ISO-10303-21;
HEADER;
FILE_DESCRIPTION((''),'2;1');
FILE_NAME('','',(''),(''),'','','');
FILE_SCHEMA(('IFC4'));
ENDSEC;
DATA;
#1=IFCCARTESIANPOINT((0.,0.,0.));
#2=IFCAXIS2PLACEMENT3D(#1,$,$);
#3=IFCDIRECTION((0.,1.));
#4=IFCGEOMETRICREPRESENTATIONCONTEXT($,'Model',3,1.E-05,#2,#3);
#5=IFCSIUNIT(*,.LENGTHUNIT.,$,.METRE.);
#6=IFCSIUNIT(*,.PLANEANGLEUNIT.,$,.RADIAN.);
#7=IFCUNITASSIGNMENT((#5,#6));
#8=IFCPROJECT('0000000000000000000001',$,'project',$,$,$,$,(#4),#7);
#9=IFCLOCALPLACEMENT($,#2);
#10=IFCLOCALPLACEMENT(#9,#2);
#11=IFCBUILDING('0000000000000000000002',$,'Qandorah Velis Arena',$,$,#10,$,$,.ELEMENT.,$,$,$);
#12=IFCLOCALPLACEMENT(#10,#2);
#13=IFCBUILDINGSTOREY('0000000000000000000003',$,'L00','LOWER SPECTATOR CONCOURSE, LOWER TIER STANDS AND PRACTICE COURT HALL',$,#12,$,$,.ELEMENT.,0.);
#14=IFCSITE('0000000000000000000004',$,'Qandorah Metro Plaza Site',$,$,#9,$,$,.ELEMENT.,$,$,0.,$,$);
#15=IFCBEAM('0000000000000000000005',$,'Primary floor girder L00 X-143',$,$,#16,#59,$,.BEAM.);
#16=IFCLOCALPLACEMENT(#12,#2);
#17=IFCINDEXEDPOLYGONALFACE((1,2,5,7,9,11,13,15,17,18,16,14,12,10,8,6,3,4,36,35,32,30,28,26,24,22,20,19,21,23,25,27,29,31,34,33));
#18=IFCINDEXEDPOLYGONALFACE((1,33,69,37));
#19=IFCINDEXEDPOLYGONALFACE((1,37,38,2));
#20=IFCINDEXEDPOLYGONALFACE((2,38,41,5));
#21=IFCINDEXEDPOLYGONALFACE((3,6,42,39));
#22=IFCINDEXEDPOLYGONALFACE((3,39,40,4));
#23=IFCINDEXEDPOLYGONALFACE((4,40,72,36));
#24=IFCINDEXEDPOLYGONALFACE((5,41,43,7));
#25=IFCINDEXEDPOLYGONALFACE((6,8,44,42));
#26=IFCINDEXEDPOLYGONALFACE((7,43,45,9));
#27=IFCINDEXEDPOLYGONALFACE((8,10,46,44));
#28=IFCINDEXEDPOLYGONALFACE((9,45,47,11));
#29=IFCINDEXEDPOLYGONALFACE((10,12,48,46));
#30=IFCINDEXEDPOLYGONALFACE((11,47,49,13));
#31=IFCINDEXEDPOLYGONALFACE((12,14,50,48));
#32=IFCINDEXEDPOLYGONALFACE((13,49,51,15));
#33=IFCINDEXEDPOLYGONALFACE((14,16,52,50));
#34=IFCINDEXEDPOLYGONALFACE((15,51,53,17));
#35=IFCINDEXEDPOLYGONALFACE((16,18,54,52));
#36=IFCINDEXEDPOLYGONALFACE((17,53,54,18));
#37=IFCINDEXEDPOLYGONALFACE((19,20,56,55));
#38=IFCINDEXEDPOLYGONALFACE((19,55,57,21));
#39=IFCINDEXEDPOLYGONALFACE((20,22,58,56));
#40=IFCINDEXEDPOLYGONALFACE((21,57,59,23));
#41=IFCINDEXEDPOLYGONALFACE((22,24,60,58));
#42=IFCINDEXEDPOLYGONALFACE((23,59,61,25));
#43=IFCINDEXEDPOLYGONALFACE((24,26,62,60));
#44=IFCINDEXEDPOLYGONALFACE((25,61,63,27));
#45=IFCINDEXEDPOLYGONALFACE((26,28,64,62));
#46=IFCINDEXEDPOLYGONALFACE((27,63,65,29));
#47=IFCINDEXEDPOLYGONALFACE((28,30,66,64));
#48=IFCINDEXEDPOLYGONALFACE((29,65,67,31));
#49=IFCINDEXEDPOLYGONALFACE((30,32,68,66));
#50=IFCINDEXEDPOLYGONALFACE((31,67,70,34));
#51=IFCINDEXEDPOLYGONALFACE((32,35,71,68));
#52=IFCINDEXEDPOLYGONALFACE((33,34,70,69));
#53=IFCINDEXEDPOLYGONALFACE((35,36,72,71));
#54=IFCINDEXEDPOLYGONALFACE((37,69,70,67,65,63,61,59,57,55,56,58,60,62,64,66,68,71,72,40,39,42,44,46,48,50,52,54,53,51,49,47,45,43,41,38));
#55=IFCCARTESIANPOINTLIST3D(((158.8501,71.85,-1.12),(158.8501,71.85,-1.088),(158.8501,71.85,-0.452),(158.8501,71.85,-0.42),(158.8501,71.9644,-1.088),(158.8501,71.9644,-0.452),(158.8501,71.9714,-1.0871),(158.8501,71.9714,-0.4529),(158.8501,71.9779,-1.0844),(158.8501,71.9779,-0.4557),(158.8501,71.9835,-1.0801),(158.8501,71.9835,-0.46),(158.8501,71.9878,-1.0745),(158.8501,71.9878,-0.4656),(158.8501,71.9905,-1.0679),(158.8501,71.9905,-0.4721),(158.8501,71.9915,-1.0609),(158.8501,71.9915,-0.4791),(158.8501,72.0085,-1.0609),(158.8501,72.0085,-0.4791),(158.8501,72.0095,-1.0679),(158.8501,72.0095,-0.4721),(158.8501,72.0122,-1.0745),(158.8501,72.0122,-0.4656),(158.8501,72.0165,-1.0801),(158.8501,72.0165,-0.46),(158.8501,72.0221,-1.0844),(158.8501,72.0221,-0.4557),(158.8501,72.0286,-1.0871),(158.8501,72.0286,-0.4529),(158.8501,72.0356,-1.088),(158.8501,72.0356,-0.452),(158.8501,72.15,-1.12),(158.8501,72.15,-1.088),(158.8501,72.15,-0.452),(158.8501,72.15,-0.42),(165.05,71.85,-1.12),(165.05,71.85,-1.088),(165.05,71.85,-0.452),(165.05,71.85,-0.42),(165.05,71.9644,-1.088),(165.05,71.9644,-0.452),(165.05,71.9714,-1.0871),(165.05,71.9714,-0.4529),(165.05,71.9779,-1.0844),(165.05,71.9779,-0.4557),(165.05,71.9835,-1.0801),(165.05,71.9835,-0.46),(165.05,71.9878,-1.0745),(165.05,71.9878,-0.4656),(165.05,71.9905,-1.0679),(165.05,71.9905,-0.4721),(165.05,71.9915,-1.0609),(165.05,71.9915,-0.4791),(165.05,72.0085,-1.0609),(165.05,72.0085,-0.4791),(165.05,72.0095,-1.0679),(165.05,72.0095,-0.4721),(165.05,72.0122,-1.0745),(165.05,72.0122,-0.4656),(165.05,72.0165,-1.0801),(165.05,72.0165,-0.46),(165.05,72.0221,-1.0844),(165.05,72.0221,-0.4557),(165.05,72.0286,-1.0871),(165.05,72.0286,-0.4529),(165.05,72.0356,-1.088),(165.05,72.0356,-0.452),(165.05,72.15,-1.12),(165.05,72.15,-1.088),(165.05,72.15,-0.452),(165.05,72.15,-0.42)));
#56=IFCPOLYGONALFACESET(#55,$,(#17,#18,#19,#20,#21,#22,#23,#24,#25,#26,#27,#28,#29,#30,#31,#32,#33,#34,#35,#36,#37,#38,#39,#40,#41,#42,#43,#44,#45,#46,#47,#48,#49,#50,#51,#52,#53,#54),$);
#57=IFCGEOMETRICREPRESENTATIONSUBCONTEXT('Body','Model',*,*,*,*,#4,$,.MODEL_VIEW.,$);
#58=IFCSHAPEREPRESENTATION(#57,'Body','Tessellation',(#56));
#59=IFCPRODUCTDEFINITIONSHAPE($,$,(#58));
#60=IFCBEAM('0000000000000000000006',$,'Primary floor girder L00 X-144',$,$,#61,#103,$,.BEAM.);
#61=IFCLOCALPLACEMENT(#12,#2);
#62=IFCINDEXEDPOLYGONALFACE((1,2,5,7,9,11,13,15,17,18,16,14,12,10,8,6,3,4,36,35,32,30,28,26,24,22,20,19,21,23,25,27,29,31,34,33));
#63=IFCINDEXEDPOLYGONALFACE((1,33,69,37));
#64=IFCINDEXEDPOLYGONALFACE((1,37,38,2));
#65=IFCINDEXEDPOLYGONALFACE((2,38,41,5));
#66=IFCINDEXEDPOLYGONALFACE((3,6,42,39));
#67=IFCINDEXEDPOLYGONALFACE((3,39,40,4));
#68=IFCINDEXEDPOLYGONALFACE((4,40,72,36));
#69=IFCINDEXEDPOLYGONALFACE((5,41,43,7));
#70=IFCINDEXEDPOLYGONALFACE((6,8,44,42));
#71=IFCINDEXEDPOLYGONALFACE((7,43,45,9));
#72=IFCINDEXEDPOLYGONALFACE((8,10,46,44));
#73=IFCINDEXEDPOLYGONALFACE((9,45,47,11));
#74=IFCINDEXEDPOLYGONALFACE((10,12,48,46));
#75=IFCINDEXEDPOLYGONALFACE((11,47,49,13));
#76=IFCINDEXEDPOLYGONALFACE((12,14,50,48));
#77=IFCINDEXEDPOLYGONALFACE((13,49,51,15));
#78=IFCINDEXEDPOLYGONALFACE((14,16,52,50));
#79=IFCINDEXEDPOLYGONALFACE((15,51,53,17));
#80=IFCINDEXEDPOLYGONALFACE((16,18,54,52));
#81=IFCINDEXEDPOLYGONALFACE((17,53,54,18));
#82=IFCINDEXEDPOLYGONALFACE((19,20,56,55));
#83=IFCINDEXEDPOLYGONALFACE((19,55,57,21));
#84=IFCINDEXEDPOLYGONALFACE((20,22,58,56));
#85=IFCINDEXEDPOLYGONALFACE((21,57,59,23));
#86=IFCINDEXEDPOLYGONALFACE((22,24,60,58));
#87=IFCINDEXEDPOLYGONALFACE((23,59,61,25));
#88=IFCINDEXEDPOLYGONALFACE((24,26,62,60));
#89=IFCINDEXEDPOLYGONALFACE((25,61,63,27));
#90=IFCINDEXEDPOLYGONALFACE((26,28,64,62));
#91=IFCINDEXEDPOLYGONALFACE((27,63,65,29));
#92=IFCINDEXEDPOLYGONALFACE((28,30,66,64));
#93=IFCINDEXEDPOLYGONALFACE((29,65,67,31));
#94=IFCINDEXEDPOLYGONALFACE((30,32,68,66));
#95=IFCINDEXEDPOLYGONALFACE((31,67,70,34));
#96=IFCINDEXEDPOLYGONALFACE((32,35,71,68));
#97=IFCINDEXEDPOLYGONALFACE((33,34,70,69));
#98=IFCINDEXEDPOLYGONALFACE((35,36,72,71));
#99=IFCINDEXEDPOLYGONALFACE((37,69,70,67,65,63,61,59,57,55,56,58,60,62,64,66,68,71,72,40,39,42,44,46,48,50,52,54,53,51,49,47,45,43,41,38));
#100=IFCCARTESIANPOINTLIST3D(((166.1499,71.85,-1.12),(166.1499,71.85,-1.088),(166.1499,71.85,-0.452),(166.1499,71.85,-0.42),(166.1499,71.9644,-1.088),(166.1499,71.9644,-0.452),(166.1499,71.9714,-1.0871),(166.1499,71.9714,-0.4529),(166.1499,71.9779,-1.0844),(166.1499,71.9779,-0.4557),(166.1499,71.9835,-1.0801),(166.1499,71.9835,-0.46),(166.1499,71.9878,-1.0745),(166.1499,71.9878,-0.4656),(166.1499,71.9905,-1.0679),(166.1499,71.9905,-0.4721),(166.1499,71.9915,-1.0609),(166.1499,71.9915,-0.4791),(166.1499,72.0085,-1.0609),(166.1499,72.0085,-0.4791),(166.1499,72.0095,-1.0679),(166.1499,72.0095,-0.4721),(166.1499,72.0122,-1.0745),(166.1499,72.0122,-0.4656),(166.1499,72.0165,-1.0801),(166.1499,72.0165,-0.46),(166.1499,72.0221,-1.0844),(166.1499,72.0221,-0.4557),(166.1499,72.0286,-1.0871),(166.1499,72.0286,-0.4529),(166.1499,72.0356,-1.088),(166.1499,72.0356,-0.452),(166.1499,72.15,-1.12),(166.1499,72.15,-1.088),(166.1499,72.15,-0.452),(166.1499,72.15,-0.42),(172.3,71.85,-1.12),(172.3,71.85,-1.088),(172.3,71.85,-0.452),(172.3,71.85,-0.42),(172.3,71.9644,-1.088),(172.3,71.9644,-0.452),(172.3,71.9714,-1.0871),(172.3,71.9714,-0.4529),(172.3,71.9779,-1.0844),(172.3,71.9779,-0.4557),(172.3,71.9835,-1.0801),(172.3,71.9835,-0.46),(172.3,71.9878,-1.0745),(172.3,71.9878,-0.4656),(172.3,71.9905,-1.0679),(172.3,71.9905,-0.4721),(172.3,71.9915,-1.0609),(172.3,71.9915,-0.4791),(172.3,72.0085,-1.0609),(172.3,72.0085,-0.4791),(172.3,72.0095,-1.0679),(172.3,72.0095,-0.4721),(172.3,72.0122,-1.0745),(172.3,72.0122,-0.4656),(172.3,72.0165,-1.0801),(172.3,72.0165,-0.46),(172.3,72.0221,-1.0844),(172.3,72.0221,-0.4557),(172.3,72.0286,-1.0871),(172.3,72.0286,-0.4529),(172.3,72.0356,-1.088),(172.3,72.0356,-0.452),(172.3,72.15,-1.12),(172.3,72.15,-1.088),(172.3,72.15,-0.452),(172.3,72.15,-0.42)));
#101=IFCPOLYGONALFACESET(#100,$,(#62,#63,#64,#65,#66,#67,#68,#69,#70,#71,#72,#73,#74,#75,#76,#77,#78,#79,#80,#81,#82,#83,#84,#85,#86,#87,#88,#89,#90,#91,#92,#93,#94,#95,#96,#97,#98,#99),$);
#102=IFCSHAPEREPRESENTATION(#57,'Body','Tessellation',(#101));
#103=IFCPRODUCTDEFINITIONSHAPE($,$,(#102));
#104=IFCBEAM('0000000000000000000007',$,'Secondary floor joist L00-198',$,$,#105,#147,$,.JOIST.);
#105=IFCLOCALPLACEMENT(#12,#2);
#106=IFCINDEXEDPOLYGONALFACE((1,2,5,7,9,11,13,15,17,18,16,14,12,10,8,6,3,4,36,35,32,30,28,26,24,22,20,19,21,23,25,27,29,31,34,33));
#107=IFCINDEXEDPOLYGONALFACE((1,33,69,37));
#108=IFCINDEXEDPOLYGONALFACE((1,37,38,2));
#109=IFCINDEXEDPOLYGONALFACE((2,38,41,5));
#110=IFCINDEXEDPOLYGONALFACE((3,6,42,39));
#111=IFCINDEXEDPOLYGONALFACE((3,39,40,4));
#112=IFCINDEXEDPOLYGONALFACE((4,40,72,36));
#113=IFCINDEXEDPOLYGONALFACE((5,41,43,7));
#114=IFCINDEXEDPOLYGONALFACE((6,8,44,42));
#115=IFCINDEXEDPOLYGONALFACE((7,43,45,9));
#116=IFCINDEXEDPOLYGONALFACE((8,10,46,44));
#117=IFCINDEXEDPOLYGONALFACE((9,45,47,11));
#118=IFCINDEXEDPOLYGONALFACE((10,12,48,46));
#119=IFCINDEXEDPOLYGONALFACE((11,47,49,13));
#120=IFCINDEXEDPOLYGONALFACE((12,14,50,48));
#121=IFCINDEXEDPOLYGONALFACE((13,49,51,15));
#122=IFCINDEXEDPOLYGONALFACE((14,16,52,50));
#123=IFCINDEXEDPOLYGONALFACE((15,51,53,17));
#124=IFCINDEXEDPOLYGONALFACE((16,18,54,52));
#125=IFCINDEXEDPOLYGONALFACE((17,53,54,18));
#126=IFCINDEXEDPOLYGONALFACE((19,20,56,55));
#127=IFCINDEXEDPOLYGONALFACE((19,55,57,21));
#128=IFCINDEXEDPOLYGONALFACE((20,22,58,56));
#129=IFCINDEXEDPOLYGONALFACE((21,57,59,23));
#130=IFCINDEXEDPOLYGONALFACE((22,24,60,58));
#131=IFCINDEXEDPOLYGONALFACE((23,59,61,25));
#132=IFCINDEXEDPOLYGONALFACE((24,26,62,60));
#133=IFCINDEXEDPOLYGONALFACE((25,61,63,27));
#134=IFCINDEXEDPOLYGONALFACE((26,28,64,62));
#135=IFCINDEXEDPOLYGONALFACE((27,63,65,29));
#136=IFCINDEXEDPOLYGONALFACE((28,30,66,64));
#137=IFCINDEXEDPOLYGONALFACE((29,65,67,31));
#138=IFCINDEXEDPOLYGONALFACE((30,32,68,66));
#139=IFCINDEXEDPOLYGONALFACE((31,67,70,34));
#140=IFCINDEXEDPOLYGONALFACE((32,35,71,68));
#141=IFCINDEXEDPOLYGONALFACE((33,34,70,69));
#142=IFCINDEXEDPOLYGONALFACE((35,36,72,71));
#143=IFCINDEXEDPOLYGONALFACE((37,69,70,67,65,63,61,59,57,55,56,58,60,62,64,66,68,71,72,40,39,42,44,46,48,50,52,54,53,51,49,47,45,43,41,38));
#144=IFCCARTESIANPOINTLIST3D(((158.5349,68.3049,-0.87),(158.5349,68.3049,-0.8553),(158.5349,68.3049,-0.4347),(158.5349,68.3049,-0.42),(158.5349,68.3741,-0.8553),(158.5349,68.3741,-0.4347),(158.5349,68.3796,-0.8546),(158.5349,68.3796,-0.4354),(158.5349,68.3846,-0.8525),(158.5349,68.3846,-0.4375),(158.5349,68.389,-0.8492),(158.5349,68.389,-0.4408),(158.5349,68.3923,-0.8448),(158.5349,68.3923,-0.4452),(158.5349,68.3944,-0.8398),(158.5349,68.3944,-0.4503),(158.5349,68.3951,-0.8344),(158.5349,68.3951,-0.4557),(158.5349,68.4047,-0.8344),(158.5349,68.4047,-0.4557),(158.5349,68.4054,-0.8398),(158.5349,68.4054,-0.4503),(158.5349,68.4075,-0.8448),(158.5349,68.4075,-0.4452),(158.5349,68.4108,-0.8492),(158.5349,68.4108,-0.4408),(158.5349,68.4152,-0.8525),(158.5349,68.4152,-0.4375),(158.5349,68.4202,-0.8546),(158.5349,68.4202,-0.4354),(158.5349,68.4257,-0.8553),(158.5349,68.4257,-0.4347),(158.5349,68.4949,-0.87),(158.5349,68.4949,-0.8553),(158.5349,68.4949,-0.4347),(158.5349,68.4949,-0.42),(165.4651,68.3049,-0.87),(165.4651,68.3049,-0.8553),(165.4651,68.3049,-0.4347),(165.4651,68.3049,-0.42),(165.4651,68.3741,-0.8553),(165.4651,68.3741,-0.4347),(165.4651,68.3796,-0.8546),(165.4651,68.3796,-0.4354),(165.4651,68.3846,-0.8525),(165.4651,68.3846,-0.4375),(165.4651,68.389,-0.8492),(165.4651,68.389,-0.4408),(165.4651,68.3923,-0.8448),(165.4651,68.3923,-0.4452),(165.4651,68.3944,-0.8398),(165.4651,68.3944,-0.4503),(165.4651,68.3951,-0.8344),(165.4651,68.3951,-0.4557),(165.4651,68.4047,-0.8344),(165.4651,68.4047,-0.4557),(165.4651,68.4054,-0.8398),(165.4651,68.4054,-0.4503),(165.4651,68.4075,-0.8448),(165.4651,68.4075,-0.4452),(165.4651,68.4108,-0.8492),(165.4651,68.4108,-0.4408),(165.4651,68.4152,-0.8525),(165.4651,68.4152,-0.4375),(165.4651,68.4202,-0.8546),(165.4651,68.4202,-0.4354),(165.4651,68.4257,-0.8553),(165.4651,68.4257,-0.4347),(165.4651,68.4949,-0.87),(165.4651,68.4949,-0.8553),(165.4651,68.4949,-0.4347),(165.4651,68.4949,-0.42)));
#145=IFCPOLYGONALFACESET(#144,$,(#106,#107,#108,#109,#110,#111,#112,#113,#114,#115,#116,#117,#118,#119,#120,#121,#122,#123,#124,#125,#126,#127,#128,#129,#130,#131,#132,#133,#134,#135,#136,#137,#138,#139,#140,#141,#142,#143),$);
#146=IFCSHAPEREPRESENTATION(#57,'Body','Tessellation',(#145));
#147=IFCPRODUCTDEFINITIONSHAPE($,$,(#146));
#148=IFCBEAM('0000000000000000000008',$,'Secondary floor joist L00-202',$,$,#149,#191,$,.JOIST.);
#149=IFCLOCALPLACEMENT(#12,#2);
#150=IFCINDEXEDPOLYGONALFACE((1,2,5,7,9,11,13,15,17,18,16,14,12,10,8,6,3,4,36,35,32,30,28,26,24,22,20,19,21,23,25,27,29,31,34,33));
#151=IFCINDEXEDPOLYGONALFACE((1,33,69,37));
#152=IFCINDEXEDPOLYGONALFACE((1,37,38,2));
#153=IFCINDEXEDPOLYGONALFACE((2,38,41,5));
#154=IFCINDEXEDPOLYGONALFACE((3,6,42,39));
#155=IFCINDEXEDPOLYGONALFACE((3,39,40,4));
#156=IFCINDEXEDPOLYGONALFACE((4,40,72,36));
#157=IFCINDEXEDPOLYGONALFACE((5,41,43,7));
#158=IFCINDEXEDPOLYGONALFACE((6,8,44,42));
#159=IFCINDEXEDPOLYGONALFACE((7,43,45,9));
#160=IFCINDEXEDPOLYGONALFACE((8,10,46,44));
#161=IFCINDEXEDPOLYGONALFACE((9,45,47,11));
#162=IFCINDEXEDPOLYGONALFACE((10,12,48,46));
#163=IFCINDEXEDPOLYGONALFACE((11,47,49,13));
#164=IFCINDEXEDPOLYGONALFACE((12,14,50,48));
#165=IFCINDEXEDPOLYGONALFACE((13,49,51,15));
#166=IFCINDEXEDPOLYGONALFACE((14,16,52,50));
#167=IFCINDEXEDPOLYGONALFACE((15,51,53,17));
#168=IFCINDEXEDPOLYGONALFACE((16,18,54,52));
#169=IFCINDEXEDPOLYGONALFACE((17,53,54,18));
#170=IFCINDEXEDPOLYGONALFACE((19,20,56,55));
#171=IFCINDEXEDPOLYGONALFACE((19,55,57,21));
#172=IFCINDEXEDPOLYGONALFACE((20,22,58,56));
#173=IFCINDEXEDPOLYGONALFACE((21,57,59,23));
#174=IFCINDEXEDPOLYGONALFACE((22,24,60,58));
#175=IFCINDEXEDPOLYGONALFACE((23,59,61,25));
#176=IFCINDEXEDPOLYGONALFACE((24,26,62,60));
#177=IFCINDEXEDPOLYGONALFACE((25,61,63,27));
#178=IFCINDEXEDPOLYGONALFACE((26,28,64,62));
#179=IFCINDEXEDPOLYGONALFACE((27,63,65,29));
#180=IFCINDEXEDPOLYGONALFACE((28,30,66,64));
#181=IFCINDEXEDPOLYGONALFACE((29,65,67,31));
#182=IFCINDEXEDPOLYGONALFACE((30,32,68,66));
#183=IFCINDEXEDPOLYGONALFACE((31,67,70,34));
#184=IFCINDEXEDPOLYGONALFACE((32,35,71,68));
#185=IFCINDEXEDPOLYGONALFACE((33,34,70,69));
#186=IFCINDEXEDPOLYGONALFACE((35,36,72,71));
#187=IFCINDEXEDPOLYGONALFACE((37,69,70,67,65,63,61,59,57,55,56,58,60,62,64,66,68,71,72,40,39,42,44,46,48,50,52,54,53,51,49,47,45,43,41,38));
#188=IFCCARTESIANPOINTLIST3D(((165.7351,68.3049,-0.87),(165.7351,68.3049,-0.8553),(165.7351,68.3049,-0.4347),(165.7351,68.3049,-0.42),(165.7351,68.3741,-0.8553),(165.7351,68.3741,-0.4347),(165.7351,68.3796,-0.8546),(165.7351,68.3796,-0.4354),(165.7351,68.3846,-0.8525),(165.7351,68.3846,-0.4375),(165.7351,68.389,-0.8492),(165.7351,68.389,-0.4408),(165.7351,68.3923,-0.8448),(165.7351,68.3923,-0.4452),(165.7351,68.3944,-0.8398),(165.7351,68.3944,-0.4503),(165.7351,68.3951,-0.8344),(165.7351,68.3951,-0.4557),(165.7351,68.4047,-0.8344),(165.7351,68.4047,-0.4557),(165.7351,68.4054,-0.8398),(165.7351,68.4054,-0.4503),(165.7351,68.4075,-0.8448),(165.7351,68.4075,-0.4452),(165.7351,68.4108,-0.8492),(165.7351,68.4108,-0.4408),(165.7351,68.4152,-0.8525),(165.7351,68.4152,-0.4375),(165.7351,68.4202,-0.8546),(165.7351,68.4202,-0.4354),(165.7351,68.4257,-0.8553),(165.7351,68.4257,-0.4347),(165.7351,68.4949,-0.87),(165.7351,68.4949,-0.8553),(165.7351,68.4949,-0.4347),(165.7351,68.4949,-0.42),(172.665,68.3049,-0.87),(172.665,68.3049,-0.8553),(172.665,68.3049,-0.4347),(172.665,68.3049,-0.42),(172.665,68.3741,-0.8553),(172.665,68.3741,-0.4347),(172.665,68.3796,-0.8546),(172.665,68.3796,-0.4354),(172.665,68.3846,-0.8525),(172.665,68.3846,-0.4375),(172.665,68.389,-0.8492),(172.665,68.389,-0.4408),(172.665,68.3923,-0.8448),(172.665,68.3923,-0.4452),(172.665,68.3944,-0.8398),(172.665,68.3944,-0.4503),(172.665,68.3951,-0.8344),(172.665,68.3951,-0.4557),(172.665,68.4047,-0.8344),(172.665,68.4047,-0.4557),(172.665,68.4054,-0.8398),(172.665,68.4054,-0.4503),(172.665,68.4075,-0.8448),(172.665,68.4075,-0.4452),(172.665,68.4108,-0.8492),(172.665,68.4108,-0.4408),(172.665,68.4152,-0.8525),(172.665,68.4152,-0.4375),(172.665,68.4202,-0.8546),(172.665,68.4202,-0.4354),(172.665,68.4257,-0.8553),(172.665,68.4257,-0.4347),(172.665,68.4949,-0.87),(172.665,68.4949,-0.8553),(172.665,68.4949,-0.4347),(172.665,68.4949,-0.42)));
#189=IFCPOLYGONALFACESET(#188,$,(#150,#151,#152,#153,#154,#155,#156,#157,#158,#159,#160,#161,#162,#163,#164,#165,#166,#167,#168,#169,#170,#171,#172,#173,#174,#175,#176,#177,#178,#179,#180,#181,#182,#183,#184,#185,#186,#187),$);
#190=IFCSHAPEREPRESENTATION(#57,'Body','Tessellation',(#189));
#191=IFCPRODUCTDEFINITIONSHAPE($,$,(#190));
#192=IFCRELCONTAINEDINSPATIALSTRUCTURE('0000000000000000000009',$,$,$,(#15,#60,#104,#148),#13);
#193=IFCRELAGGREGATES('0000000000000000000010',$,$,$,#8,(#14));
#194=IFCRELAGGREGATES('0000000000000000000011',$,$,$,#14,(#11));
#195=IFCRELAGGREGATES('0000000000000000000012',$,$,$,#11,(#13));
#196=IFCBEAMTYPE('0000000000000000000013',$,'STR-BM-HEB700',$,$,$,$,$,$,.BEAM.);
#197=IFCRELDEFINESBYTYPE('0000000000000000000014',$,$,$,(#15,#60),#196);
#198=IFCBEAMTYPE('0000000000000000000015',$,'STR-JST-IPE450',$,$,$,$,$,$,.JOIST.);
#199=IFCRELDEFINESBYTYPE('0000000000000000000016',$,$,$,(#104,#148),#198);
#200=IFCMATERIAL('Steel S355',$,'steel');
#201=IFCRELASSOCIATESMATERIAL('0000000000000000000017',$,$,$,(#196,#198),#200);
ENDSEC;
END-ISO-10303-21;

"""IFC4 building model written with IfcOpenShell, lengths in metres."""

from ifc_helpers import new_model, si_unit, direction, frame, origin, origin_2d, place, context, subcontext, project, spatial, i_section, extrude, material, material_profile, profile_set, type_object, element, save


model = new_model("IFC4")

# Units and contexts
model_context = context("Model", 3, precision=1e-05, world=origin(), true_north=direction((0.0, 1.0)))
body_context = subcontext(model_context, "Body", "Model", "MODEL_VIEW")
ifc_project = project(units=[si_unit("LENGTHUNIT", "METRE"), si_unit("PLANEANGLEUNIT", "RADIAN")], contexts=[model_context])

# Site, building, storey
site_placement = place(None, origin())
site = spatial("IfcSite", under=ifc_project, at=site_placement, Name="Qandorah Metro Plaza Site", CompositionType="ELEMENT", RefElevation=0.0)
building_placement = place(site_placement, origin())
building = spatial("IfcBuilding", under=site, at=building_placement, Name="Qandorah Velis Arena", CompositionType="ELEMENT")
storey_placement = place(building_placement, origin())
storey = spatial("IfcBuildingStorey", under=building, at=storey_placement, Name="L00", Description="LOWER SPECTATOR CONCOURSE, LOWER TIER STANDS AND PRACTICE COURT HALL", CompositionType="ELEMENT", Elevation=0.0)

# Beams
ifc_material_1 = material(Name="Steel S355", Category="steel")
ifc_material_profile_1 = material_profile(ifc_material_1, i_section(OverallWidth=0.3, OverallDepth=0.7, WebThickness=0.0171, FlangeThickness=0.032, FilletRadius=0.0271, at=origin_2d()), Name="HEB 700")
ifc_profile_set_1 = profile_set([ifc_material_profile_1], Name="Steel S355")
beam_type_1 = type_object("IfcBeamType", Name="STR-BM-HEB700", PredefinedType="BEAM", material=ifc_profile_set_1)
beam_1_placement = place(storey_placement, frame((158.8501, 72.0, -0.77), z_axis=(1.0, 0.0, 0.0), x_axis=(0.0, 1.0, 0.0)))
element("IfcBeam", 1, at=beam_1_placement, inside=storey, type_object=beam_type_1, Name="Primary floor girder L00 X-143", PredefinedType="BEAM", context=body_context, shape_type="SweptSolid", body=[
    extrude(i_section(OverallWidth=0.3, OverallDepth=0.7, WebThickness=0.0171, FlangeThickness=0.032, FilletRadius=0.0271, at=origin_2d()), origin(), (0.0, 0.0, 1.0), 6.2),
])
beam_2_placement = place(storey_placement, frame((166.1499, 72.0, -0.77), z_axis=(1.0, 0.0, 0.0), x_axis=(0.0, 1.0, 0.0)))
element("IfcBeam", 2, at=beam_2_placement, inside=storey, type_object=beam_type_1, Name="Primary floor girder L00 X-144", PredefinedType="BEAM", context=body_context, shape_type="SweptSolid", body=[
    extrude(i_section(OverallWidth=0.3, OverallDepth=0.7, WebThickness=0.0171, FlangeThickness=0.032, FilletRadius=0.0271, at=origin_2d()), origin(), (0.0, 0.0, 1.0), 6.1501),
])
ifc_material_profile_2 = material_profile(ifc_material_1, i_section(OverallWidth=0.1899, OverallDepth=0.45, WebThickness=0.0095, FlangeThickness=0.0146, FilletRadius=0.021, at=origin_2d()), Name="IPE 450")
ifc_profile_set_2 = profile_set([ifc_material_profile_2], Name="Steel S355")
beam_type_2 = type_object("IfcBeamType", Name="STR-JST-IPE450", PredefinedType="JOIST", material=ifc_profile_set_2)
beam_3_placement = place(storey_placement, frame((158.5349, 68.3999, -0.645), z_axis=(1.0, 0.0, 0.0), x_axis=(0.0, 1.0, 0.0)))
element("IfcBeam", 3, at=beam_3_placement, inside=storey, type_object=beam_type_2, Name="Secondary floor joist L00-198", PredefinedType="JOIST", context=body_context, shape_type="SweptSolid", body=[
    extrude(i_section(OverallWidth=0.1899, OverallDepth=0.45, WebThickness=0.0095, FlangeThickness=0.0146, FilletRadius=0.021, at=origin_2d()), origin(), (0.0, 0.0, 1.0), 6.9302),
])
beam_4_placement = place(storey_placement, frame((165.7351, 68.3999, -0.645), z_axis=(1.0, 0.0, 0.0), x_axis=(0.0, 1.0, 0.0)))
element("IfcBeam", 4, at=beam_4_placement, inside=storey, type_object=beam_type_2, Name="Secondary floor joist L00-202", PredefinedType="JOIST", context=body_context, shape_type="SweptSolid", body=[
    extrude(i_section(OverallWidth=0.1899, OverallDepth=0.45, WebThickness=0.0095, FlangeThickness=0.0146, FilletRadius=0.021, at=origin_2d()), origin(), (0.0, 0.0, 1.0), 6.9299),
])

save(model, "model.ifc")
